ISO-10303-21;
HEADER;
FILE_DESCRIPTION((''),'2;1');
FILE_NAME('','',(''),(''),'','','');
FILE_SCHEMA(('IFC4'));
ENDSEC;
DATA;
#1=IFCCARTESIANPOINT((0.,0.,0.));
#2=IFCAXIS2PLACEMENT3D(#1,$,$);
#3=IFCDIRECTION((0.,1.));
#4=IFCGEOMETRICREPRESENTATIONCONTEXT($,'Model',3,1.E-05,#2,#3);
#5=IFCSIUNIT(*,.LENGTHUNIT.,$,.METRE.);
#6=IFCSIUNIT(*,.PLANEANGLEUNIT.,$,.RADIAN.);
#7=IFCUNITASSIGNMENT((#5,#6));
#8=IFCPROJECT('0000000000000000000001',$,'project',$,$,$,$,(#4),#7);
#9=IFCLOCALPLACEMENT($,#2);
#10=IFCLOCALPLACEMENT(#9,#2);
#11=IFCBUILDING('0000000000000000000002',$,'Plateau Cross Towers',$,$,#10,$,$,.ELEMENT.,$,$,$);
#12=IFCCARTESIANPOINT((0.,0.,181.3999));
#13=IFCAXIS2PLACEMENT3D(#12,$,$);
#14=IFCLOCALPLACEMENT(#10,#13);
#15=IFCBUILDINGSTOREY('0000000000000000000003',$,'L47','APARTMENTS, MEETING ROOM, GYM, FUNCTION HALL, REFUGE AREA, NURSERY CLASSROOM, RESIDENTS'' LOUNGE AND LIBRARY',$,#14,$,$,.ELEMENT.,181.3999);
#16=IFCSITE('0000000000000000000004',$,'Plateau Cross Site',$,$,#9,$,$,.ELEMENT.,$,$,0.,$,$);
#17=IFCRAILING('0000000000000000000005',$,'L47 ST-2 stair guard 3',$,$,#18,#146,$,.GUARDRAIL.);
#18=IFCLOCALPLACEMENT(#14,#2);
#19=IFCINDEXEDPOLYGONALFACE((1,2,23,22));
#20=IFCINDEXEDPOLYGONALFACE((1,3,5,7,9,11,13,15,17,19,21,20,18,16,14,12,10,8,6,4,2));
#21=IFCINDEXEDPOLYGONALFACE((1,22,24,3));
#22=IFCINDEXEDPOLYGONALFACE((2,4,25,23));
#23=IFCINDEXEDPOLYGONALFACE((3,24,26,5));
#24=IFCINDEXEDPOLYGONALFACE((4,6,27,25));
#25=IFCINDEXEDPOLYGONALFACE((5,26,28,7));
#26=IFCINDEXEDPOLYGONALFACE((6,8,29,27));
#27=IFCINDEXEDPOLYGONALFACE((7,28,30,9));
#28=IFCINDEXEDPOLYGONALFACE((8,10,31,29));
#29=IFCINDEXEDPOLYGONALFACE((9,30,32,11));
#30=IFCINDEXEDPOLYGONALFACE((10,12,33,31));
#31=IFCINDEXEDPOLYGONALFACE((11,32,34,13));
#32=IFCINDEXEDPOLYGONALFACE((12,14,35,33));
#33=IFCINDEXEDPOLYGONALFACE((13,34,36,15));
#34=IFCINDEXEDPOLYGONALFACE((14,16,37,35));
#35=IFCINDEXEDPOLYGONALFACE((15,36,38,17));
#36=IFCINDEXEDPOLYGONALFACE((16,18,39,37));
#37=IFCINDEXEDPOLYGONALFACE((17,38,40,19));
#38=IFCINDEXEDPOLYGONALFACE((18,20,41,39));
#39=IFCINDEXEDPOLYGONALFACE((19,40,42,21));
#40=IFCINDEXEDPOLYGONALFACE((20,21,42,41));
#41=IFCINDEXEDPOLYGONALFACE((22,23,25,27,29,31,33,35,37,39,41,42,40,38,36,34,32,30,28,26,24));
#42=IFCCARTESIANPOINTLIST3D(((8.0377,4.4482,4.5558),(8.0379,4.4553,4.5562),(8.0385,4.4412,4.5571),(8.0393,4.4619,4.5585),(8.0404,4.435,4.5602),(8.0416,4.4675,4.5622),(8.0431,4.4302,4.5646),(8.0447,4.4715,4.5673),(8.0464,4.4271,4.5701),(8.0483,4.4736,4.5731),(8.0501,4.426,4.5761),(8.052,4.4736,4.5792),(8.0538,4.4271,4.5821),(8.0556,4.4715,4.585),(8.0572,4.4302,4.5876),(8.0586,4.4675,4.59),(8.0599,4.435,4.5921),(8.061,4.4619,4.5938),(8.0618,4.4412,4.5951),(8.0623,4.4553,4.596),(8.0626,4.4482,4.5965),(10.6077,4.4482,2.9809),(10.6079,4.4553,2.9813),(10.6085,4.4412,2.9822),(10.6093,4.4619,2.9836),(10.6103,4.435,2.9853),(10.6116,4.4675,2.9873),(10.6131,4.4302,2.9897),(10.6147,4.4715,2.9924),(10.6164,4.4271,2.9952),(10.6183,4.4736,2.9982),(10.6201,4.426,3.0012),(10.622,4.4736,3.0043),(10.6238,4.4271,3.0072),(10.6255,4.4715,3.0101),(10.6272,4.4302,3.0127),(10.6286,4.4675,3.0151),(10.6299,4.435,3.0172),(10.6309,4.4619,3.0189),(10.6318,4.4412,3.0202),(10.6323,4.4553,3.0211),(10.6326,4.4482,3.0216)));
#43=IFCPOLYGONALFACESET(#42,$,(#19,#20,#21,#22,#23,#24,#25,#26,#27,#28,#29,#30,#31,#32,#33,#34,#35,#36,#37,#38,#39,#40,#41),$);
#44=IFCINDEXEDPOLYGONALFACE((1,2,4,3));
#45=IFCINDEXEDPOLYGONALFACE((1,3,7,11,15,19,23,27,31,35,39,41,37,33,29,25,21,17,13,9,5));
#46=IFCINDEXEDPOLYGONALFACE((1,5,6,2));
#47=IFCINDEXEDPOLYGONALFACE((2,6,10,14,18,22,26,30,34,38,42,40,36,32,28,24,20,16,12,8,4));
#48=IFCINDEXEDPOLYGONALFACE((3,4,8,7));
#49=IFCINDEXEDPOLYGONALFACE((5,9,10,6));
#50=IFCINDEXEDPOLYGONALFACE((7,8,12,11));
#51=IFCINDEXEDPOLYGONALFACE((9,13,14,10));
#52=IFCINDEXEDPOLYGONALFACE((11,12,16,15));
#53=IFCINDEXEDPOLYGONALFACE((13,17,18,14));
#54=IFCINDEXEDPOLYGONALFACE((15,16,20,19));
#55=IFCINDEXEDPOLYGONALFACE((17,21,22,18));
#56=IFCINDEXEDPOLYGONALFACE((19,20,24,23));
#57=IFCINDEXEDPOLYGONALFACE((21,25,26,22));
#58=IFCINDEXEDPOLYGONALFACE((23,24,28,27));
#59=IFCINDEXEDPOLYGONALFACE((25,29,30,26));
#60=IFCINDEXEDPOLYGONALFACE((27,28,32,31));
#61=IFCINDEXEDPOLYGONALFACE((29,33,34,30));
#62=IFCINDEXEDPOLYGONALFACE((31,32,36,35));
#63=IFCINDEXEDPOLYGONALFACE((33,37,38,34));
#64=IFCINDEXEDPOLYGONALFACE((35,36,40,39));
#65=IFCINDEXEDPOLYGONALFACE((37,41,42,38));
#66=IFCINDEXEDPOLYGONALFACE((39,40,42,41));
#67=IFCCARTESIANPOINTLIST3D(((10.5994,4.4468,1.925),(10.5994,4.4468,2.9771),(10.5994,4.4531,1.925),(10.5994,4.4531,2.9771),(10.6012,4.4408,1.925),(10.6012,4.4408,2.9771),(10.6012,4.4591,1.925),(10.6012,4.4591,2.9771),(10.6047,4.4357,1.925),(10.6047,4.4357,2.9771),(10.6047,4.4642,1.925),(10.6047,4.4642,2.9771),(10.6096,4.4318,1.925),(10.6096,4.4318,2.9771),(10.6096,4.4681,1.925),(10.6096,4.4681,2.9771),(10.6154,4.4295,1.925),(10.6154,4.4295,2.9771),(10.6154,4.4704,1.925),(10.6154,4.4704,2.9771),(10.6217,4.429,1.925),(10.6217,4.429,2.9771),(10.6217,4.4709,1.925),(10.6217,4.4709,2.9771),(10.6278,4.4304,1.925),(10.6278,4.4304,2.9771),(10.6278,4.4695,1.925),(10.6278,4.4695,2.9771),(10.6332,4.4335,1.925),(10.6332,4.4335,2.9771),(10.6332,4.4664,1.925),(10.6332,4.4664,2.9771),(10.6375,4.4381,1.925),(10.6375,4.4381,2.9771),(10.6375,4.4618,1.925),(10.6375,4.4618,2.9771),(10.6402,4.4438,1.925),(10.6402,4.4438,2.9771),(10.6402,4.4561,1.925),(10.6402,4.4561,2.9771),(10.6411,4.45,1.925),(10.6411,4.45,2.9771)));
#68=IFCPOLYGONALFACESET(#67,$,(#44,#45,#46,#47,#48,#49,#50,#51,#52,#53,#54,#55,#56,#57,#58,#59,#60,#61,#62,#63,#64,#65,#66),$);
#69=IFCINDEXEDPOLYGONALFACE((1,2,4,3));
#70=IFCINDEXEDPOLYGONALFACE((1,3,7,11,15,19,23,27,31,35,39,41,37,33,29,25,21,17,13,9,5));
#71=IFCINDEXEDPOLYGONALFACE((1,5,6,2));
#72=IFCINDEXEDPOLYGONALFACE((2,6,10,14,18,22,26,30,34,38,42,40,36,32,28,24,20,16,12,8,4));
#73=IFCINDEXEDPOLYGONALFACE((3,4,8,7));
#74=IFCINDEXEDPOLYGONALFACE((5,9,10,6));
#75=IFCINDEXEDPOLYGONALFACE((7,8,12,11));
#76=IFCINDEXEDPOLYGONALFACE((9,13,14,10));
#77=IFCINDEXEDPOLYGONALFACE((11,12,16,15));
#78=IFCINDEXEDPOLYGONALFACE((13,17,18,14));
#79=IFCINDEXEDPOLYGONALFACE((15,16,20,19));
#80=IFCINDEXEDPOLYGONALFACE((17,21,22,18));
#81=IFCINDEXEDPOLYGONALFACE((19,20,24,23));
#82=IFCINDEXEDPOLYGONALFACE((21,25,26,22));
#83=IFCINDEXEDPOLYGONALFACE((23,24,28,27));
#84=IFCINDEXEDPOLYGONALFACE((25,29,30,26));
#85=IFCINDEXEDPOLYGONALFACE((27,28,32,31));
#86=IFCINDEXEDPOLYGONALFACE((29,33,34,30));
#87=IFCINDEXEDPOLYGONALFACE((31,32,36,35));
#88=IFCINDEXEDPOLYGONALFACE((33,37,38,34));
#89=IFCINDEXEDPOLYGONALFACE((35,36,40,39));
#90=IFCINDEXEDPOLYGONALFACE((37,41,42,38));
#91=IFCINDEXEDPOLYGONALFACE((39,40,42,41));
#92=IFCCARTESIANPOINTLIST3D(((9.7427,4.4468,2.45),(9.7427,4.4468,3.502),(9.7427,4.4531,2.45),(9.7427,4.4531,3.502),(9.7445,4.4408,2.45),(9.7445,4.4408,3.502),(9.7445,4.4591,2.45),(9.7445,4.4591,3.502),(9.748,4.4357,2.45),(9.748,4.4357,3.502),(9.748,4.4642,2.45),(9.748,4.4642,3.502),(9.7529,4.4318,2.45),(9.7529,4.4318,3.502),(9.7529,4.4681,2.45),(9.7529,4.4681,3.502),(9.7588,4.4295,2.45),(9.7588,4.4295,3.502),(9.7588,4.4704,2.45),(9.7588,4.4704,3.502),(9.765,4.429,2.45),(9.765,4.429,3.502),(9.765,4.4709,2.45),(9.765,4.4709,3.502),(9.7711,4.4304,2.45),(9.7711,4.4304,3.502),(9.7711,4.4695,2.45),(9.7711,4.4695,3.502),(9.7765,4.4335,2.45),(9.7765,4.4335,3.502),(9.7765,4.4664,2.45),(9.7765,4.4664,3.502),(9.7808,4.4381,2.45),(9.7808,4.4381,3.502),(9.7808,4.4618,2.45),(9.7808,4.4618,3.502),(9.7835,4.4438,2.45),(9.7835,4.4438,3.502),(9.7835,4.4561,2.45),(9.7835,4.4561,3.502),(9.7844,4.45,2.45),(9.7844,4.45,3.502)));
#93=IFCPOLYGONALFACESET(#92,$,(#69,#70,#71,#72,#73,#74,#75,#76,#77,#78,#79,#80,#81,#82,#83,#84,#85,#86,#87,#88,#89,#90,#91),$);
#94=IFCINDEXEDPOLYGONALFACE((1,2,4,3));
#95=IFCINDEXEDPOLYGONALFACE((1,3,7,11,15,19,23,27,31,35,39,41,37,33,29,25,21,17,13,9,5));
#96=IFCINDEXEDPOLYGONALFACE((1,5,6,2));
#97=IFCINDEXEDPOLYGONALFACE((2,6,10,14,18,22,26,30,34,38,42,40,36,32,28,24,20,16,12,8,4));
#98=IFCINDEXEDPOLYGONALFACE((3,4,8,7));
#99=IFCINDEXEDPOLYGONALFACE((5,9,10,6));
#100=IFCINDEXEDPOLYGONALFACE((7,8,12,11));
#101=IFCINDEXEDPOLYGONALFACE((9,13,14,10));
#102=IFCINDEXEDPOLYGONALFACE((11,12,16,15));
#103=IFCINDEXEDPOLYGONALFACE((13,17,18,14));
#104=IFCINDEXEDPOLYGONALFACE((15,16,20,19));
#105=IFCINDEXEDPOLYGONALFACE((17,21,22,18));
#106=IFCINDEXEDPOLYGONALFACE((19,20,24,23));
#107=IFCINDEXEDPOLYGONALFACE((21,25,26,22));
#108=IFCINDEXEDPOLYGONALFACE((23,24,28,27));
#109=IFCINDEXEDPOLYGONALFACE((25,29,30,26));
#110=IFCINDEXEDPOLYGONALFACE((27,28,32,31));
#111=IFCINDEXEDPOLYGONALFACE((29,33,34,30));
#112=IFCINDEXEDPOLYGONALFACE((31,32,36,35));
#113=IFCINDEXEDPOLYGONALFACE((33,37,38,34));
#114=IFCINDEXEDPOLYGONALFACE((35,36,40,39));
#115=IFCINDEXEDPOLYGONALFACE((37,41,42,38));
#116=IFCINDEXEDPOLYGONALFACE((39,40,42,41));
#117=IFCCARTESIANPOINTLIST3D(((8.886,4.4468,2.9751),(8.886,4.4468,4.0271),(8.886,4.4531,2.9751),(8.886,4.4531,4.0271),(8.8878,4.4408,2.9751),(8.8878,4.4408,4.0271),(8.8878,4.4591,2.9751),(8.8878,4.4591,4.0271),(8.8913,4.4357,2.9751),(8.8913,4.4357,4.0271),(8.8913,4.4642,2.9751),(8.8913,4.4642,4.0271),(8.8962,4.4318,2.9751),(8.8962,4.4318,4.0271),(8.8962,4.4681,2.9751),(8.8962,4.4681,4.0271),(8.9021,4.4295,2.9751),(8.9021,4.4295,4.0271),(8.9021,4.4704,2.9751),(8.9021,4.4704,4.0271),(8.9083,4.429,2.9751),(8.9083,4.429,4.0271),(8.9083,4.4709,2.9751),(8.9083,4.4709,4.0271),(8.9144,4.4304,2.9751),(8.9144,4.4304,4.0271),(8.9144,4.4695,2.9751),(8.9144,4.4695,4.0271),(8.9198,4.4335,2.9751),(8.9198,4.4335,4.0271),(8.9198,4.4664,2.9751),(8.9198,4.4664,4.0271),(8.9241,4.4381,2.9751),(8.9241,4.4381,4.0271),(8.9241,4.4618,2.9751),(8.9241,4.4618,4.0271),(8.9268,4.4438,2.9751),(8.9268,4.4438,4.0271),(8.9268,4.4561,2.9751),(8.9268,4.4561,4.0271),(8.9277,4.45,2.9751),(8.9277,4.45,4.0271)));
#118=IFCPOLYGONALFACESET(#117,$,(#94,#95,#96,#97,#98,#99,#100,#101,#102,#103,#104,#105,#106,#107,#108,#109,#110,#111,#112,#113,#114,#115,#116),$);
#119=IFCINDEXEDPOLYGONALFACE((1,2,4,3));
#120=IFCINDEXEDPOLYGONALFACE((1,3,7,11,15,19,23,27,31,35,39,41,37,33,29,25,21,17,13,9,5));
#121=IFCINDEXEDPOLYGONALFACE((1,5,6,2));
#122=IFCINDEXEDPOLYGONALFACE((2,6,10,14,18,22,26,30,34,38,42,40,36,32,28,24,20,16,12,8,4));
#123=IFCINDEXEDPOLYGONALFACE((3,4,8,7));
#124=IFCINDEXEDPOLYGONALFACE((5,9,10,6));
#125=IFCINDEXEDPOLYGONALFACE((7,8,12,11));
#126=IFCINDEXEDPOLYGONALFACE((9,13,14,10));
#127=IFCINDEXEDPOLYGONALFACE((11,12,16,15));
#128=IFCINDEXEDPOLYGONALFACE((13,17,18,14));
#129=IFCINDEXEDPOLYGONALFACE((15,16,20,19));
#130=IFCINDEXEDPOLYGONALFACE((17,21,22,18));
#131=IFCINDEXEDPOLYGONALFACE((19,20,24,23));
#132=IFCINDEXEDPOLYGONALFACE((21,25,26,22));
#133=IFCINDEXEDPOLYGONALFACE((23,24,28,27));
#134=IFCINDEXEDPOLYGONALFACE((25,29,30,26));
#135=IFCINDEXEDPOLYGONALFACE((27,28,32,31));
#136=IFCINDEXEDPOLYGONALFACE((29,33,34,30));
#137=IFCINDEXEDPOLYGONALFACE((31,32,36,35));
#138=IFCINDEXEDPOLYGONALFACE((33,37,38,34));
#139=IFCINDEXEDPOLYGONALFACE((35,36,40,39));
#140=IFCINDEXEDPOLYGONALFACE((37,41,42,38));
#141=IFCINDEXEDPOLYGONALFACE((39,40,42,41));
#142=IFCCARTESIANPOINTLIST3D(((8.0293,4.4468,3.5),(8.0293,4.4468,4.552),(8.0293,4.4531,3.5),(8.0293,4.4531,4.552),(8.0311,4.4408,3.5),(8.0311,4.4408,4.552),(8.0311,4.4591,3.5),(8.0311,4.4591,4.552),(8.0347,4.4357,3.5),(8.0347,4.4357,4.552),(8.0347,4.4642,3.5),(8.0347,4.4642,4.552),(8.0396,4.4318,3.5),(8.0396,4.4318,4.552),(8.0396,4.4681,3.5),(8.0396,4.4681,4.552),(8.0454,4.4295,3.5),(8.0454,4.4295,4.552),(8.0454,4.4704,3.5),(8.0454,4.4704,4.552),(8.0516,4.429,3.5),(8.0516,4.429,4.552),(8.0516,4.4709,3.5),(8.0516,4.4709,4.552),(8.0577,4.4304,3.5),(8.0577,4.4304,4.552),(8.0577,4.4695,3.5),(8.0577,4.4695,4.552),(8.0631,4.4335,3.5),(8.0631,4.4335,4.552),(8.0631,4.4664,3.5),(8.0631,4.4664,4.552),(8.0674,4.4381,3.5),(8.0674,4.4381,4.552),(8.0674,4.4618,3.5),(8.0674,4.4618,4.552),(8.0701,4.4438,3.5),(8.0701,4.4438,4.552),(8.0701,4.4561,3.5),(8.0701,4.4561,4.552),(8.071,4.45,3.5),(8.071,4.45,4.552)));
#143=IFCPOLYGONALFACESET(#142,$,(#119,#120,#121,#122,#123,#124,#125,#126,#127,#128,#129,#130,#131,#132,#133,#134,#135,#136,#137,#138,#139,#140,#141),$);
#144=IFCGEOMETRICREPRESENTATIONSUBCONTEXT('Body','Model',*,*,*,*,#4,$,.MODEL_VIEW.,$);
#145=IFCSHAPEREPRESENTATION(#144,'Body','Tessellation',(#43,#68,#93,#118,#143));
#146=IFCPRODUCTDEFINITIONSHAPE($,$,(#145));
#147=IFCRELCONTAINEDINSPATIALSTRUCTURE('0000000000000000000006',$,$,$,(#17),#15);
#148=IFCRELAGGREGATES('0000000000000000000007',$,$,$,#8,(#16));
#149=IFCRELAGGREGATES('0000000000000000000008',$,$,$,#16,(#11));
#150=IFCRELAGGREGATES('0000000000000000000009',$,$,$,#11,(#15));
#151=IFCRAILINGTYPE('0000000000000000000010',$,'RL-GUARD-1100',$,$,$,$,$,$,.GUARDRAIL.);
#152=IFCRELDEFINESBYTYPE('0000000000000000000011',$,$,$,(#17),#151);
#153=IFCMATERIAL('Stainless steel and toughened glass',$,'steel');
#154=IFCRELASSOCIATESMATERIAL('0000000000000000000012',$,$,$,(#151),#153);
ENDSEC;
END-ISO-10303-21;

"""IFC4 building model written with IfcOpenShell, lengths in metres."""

from ifc_helpers import new_model, si_unit, direction, frame, origin, origin_2d, place, context, subcontext, project, spatial, circle, extrude, material, type_object, element, save


model = new_model("IFC4")

# Units and contexts
model_context = context("Model", 3, precision=1e-05, world=origin(), true_north=direction((0.0, 1.0)))
body_context = subcontext(model_context, "Body", "Model", "MODEL_VIEW")
ifc_project = project(units=[si_unit("LENGTHUNIT", "METRE"), si_unit("PLANEANGLEUNIT", "RADIAN")], contexts=[model_context])

# Site, building, storey
site_placement = place(None, origin())
site = spatial("IfcSite", under=ifc_project, at=site_placement, Name="Plateau Cross Site", CompositionType="ELEMENT", RefElevation=0.0)
building_placement = place(site_placement, origin())
building = spatial("IfcBuilding", under=site, at=building_placement, Name="Plateau Cross Towers", CompositionType="ELEMENT")
storey_placement = place(building_placement, frame((0.0, 0.0, 181.3999)))
storey = spatial("IfcBuildingStorey", under=building, at=storey_placement, Name="L47", Description="APARTMENTS, MEETING ROOM, GYM, FUNCTION HALL, REFUGE AREA, NURSERY CLASSROOM, RESIDENTS' LOUNGE AND LIBRARY", CompositionType="ELEMENT", Elevation=181.3999)

# Railing
ifc_material_1 = material(Name="Stainless steel and toughened glass", Category="steel")
railing_type_1 = type_object("IfcRailingType", Name="RL-GUARD-1100", PredefinedType="GUARDRAIL", material=ifc_material_1)
railing_1_placement = place(storey_placement, frame((10.6201, 4.45, 1.925)))
element("IfcRailing", 1, at=railing_1_placement, inside=storey, type_object=railing_type_1, Name="L47 ST-2 stair guard 3", PredefinedType="GUARDRAIL", context=body_context, shape_type="SweptSolid", body=[
    extrude(circle(Radius=0.0239, at=origin_2d()), frame((0.0, 0.0, 1.0762), z_axis=(-0.852639, 0.0, 0.522501), x_axis=(0.0, -1.0, 0.0)), (0.0, 0.0, 1.0), 3.0142),
    extrude(circle(Radius=0.021, at=origin_2d()), origin(), (0.0, 0.0, 1.0), 1.052),
    extrude(circle(Radius=0.021, at=origin_2d()), frame((-0.8567, 0.0, 0.5249)), (0.0, 0.0, 1.0), 1.052),
    extrude(circle(Radius=0.021, at=origin_2d()), frame((-1.7134, 0.0, 1.05)), (0.0, 0.0, 1.0), 1.052),
    extrude(circle(Radius=0.021, at=origin_2d()), frame((-2.5701, 0.0, 1.575)), (0.0, 0.0, 1.0), 1.052),
])

save(model, "model.ifc")
